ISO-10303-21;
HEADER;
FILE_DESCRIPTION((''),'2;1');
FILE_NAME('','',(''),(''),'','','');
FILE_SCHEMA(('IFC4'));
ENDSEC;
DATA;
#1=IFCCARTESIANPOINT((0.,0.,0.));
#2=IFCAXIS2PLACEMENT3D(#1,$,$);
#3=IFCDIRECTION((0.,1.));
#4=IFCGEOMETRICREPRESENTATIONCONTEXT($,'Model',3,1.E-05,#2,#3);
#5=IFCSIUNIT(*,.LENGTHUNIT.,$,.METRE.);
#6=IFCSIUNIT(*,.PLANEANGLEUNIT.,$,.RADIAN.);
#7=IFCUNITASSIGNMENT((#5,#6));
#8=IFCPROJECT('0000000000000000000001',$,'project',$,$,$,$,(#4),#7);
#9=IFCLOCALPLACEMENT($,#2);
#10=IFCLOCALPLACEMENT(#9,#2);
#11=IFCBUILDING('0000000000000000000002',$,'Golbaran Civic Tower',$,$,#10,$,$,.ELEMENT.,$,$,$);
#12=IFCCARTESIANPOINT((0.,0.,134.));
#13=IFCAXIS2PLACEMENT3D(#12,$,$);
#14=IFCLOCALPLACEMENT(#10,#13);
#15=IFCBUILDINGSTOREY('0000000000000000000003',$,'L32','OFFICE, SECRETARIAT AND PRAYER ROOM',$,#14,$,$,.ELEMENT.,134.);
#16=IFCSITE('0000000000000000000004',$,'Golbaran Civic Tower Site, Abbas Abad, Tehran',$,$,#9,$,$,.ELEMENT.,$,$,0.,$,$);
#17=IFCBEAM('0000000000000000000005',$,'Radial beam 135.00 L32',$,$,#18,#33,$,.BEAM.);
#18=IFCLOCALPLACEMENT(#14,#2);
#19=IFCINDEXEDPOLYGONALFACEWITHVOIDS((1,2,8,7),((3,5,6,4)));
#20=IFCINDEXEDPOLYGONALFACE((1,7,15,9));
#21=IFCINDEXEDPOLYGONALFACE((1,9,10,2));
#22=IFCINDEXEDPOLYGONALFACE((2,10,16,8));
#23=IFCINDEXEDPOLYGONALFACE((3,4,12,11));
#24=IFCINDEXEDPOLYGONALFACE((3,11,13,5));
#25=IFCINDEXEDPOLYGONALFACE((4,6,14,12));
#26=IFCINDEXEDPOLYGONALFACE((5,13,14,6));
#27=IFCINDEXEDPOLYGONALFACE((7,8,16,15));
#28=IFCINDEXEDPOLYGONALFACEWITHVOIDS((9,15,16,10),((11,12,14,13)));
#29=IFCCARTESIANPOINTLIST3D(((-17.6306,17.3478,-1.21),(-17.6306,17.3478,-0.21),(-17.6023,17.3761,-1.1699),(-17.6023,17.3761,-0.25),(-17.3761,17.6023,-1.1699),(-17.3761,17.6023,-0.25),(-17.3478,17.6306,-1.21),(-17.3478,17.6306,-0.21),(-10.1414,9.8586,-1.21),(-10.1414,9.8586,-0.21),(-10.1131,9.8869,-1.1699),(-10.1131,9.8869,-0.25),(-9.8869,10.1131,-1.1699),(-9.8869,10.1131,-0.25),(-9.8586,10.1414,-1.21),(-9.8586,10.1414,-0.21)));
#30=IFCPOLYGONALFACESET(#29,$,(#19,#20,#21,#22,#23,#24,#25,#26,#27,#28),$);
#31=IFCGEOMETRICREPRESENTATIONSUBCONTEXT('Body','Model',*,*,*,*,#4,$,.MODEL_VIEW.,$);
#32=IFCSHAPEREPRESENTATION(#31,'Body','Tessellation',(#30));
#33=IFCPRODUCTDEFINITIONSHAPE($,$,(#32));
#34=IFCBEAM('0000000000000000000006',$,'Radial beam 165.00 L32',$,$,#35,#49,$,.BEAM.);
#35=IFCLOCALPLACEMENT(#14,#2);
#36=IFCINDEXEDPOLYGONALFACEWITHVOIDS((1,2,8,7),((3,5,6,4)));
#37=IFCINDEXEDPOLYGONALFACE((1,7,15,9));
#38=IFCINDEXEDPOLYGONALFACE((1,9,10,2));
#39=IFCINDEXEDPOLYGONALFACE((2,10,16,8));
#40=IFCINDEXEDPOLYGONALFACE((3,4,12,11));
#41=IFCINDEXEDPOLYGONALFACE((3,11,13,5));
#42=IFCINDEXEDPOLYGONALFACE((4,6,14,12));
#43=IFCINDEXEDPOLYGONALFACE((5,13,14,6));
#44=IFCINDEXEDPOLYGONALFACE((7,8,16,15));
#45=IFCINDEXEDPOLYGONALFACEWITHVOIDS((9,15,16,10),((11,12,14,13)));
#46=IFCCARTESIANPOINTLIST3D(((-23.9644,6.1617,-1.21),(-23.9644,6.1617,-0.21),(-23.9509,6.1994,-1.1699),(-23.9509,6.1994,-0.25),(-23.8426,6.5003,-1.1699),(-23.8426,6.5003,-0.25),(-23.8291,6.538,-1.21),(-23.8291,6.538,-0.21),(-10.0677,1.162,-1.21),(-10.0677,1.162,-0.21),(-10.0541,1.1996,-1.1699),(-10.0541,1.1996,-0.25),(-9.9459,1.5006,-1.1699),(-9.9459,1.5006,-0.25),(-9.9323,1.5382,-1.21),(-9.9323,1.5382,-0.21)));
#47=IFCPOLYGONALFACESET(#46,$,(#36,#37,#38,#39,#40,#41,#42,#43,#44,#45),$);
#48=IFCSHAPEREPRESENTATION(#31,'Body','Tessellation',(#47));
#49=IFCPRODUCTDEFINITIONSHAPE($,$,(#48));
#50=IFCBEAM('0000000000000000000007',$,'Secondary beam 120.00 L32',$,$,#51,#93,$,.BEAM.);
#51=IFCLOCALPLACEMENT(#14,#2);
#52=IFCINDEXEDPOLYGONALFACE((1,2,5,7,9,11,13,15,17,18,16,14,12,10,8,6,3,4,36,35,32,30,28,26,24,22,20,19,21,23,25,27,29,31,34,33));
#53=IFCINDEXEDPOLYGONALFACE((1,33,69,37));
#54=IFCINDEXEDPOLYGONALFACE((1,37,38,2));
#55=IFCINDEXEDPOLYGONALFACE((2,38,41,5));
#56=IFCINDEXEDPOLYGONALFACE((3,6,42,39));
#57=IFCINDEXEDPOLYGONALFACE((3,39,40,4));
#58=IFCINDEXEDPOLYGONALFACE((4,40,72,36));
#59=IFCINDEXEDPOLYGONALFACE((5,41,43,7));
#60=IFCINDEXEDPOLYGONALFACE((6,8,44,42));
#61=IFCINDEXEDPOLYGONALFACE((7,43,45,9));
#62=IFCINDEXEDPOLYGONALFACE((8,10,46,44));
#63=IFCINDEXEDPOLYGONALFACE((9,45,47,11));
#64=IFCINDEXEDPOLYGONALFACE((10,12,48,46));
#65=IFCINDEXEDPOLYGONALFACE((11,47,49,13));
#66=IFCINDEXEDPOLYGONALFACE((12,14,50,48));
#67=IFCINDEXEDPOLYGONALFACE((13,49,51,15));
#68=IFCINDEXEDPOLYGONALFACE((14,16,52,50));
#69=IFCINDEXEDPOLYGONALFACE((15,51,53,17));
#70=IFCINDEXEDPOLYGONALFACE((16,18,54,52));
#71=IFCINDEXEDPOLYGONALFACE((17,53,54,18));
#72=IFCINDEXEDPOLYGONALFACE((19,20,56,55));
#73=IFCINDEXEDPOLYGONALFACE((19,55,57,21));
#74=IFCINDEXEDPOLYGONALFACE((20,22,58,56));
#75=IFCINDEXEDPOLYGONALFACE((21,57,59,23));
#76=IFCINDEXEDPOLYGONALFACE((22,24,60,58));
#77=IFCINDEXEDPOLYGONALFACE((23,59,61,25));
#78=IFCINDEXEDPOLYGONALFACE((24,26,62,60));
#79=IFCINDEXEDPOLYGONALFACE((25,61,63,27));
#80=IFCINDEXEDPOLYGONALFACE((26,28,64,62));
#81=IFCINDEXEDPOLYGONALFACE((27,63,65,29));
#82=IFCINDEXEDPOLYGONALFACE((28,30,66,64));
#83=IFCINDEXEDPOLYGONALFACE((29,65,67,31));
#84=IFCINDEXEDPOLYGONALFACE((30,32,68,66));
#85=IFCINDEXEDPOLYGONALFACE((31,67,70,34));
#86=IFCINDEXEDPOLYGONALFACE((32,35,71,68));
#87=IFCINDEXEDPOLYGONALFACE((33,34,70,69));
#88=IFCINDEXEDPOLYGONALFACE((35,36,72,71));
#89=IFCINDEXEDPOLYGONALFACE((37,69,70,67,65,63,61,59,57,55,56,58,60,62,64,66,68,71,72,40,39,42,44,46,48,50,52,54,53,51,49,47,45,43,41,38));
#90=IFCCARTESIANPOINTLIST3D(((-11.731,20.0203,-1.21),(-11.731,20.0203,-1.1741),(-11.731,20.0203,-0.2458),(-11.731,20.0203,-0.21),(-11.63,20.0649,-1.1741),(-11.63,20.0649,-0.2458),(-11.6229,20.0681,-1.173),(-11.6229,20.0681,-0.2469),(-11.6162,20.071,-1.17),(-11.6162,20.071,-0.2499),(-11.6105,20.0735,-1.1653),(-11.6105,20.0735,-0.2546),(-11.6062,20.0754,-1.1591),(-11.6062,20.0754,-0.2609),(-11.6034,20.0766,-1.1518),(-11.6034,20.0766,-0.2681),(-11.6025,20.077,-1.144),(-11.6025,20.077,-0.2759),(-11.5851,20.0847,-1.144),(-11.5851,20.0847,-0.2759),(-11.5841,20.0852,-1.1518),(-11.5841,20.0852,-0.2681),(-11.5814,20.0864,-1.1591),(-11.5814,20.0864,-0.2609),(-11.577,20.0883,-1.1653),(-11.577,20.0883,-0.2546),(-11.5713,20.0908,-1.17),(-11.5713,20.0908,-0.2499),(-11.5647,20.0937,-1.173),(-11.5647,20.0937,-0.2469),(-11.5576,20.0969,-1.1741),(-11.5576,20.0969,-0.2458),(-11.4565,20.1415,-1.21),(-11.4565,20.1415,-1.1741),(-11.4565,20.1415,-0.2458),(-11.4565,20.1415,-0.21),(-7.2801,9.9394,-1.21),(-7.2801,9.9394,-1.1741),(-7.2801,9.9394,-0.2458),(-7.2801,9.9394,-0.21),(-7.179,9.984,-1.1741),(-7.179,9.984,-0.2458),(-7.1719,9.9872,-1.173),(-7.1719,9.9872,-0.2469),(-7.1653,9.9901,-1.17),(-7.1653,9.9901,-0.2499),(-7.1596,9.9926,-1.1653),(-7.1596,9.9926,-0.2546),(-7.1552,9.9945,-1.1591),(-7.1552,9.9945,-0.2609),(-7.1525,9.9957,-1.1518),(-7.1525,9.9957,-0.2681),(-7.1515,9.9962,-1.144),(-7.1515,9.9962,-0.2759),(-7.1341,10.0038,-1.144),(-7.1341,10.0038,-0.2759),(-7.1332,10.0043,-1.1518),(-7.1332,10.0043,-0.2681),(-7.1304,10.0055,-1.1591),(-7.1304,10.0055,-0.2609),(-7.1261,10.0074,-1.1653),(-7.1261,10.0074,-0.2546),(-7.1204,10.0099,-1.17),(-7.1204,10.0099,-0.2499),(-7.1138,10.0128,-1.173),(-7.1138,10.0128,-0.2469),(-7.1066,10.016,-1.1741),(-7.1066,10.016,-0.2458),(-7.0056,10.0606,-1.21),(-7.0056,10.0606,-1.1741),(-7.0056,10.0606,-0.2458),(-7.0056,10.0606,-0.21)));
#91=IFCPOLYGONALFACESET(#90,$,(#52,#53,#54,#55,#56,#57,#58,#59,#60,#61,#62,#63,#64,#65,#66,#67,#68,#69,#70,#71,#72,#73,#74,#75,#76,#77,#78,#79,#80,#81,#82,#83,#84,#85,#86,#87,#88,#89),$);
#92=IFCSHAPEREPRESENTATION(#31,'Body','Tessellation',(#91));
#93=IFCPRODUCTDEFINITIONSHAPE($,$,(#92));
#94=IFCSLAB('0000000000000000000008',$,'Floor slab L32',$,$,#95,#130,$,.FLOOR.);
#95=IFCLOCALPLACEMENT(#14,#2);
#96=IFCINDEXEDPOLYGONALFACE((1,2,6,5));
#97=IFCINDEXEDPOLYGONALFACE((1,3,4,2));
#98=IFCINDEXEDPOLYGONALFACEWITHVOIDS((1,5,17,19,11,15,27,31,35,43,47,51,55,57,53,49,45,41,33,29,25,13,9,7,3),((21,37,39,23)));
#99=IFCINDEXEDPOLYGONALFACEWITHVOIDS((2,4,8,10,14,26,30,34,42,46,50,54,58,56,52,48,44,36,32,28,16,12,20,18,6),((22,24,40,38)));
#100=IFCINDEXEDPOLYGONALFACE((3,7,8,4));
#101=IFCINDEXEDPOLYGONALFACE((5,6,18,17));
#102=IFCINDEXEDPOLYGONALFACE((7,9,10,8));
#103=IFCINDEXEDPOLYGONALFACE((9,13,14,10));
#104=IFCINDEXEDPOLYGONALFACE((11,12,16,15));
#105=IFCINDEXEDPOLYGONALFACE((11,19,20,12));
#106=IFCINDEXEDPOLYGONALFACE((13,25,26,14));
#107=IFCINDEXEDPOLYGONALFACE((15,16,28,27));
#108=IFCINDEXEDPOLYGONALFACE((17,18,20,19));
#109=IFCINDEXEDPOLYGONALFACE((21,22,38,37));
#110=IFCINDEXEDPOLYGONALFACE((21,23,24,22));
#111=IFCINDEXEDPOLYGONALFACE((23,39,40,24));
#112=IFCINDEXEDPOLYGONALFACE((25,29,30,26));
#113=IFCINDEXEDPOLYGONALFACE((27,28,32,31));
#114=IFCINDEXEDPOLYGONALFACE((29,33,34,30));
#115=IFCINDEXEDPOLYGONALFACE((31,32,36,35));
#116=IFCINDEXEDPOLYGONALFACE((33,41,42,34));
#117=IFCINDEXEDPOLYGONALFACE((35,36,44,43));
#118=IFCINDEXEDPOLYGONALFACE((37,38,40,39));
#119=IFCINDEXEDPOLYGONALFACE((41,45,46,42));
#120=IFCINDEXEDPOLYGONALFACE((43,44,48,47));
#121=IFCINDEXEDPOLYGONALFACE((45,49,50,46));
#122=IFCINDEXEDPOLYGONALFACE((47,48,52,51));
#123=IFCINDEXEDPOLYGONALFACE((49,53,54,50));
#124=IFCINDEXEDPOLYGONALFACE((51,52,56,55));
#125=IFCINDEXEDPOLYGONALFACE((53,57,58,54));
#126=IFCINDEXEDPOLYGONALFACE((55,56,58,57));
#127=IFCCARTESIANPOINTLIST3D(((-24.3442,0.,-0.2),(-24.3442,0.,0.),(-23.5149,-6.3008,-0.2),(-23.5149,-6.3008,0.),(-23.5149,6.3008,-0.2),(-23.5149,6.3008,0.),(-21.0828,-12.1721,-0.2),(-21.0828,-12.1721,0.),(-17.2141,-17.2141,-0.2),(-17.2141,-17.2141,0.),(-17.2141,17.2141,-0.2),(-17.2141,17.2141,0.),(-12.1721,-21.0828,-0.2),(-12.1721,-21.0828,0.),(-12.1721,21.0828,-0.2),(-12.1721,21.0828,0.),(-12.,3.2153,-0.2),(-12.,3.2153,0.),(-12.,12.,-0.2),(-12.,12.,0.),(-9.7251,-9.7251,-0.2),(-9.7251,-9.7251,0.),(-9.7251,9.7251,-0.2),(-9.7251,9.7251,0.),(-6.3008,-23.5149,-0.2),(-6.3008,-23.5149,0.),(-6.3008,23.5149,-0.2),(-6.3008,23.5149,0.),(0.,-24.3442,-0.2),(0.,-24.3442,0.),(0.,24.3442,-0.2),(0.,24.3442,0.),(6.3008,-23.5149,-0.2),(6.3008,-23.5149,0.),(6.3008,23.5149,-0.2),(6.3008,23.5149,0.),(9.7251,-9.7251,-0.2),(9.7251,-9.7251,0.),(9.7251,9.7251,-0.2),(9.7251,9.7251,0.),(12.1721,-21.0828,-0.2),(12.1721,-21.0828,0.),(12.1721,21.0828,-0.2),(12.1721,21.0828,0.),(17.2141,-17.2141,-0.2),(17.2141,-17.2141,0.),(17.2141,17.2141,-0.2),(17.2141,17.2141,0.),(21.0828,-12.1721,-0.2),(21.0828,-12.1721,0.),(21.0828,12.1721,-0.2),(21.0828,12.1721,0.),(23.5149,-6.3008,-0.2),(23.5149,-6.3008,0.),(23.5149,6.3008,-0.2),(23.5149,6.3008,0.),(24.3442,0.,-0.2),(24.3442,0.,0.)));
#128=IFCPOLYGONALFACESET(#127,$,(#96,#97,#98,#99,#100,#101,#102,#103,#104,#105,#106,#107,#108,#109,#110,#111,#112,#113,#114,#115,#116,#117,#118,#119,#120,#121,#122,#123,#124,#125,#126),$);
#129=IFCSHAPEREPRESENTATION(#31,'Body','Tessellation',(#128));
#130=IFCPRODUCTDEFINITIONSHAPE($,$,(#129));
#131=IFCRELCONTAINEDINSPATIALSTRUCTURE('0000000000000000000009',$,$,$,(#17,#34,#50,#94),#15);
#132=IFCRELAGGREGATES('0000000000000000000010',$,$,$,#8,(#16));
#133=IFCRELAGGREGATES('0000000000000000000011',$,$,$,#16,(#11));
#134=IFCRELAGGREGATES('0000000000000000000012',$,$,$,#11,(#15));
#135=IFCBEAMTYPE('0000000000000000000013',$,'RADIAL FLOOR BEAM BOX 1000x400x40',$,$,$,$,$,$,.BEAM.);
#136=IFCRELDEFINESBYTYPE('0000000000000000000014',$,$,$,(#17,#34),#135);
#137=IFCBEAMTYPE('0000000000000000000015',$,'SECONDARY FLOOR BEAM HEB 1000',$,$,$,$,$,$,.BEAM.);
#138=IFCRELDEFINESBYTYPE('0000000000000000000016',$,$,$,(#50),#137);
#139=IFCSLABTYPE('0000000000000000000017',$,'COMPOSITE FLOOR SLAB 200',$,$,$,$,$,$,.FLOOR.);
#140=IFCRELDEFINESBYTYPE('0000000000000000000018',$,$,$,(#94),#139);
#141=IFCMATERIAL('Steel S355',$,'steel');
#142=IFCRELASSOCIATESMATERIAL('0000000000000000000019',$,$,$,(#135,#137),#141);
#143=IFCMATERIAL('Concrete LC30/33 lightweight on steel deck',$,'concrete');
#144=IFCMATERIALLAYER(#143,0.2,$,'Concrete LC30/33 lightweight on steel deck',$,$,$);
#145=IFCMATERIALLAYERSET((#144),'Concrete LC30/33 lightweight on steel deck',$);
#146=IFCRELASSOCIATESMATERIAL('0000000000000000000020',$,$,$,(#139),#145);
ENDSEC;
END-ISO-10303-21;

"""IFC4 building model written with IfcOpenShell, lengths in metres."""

from ifc_helpers import new_model, si_unit, direction, frame, origin, origin_2d, place, context, subcontext, project, spatial, polyline, hollow_rectangle, i_section, outline, extrude, material, layer, layer_set, material_profile, profile_set, type_object, element, save


model = new_model("IFC4")

# Units and contexts
model_context = context("Model", 3, precision=1e-05, world=origin(), true_north=direction((0.0, 1.0)))
body_context = subcontext(model_context, "Body", "Model", "MODEL_VIEW")
ifc_project = project(units=[si_unit("LENGTHUNIT", "METRE"), si_unit("PLANEANGLEUNIT", "RADIAN")], contexts=[model_context])

# Site, building, storey
site_placement = place(None, origin())
site = spatial("IfcSite", under=ifc_project, at=site_placement, Name="Golbaran Civic Tower Site, Abbas Abad, Tehran", CompositionType="ELEMENT", RefElevation=0.0)
building_placement = place(site_placement, origin())
building = spatial("IfcBuilding", under=site, at=building_placement, Name="Golbaran Civic Tower", CompositionType="ELEMENT")
storey_placement = place(building_placement, frame((0.0, 0.0, 134.0)))
storey = spatial("IfcBuildingStorey", under=building, at=storey_placement, Name="L32", Description="OFFICE, SECRETARIAT AND PRAYER ROOM", CompositionType="ELEMENT", Elevation=134.0)

# Beams
ifc_material_1 = material(Name="Steel S355", Category="steel")
ifc_material_profile_1 = material_profile(ifc_material_1, hollow_rectangle(XDim=0.3999, YDim=1.0, WallThickness=0.04, at=origin_2d()), Name="BOX 1000x400x40")
ifc_profile_set_1 = profile_set([ifc_material_profile_1], Name="Steel S355")
beam_type_1 = type_object("IfcBeamType", Name="RADIAL FLOOR BEAM BOX 1000x400x40", PredefinedType="BEAM", material=ifc_profile_set_1)
beam_1_placement = place(storey_placement, frame((-10.0, 10.0, -0.71), z_axis=(-0.707107, 0.707107, 0.0), x_axis=(-0.707107, -0.707107, 0.0)))
element("IfcBeam", 1, at=beam_1_placement, inside=storey, type_object=beam_type_1, Name="Radial beam 135.00 L32", PredefinedType="BEAM", context=body_context, shape_type="SweptSolid", body=[
    extrude(hollow_rectangle(XDim=0.3999, YDim=1.0, WallThickness=0.04, at=origin_2d()), origin(), (0.0, 0.0, 1.0), 10.5913),
])
beam_2_placement = place(storey_placement, frame((-10.0, 1.3501, -0.71), z_axis=(-0.940954, 0.338536, 0.0), x_axis=(-0.338536, -0.940954, 0.0)))
element("IfcBeam", 2, at=beam_2_placement, inside=storey, type_object=beam_type_1, Name="Radial beam 165.00 L32", PredefinedType="BEAM", context=body_context, shape_type="SweptSolid", body=[
    extrude(hollow_rectangle(XDim=0.3999, YDim=1.0, WallThickness=0.04, at=origin_2d()), origin(), (0.0, 0.0, 1.0), 14.7688),
])
ifc_material_profile_2 = material_profile(ifc_material_1, i_section(OverallWidth=0.3, OverallDepth=1.0, WebThickness=0.019, FlangeThickness=0.0359, FilletRadius=0.03, at=origin_2d()), Name="HEB 1000")
ifc_profile_set_2 = profile_set([ifc_material_profile_2], Name="Steel S355")
beam_type_2 = type_object("IfcBeamType", Name="SECONDARY FLOOR BEAM HEB 1000", PredefinedType="BEAM", material=ifc_profile_set_2)
beam_3_placement = place(storey_placement, frame((-7.1428, 10.0, -0.71), z_axis=(-0.403907, 0.9148, 0.0), x_axis=(-0.9148, -0.403907, 0.0)))
element("IfcBeam", 3, at=beam_3_placement, inside=storey, type_object=beam_type_2, Name="Secondary beam 120.00 L32", PredefinedType="BEAM", context=body_context, shape_type="SweptSolid", body=[
    extrude(i_section(OverallWidth=0.3, OverallDepth=1.0, WebThickness=0.019, FlangeThickness=0.0359, FilletRadius=0.03, at=origin_2d()), origin(), (0.0, 0.0, 1.0), 11.0198),
])

# Slab
ifc_material_2 = material(Name="Concrete LC30/33 lightweight on steel deck", Category="concrete")
ifc_layer_1 = layer(ifc_material_2, 0.2, Name="Concrete LC30/33 lightweight on steel deck")
ifc_layer_set_1 = layer_set([ifc_layer_1], Name="Concrete LC30/33 lightweight on steel deck")
slab_type_1 = type_object("IfcSlabType", Name="COMPOSITE FLOOR SLAB 200", PredefinedType="FLOOR", material=ifc_layer_set_1)
slab_1_placement = place(storey_placement, frame((0.0, 0.0, -0.2)))
element("IfcSlab", 4, at=slab_1_placement, inside=storey, type_object=slab_type_1, Name="Floor slab L32", PredefinedType="FLOOR", context=body_context, shape_type="SweptSolid", body=[
    extrude(outline(polyline([(17.2141, -17.2141), (12.1721, -21.0828), (6.3008, -23.5149), (0.0, -24.3442), (-6.3008, -23.5149), (-12.1721, -21.0828), (-17.2141, -17.2141), (-21.0828, -12.1721), (-23.5149, -6.3008), (-24.3442, 0.0), (-23.5149, 6.3008), (-12.0, 3.2153), (-12.0, 12.0), (-17.2141, 17.2141), (-12.1721, 21.0828), (-6.3008, 23.5149), (0.0, 24.3442), (6.3008, 23.5149), (12.1721, 21.0828), (17.2141, 17.2141), (21.0828, 12.1721), (23.5149, 6.3008), (24.3442, 0.0), (23.5149, -6.3008), (21.0828, -12.1721), (17.2141, -17.2141)]), holes=[polyline([(-9.7251, -9.7251), (9.7251, -9.7251), (9.7251, 9.7251), (-9.7251, 9.7251), (-9.7251, -9.7251)])]), origin(), (0.0, 0.0, 1.0), 0.2),
])

save(model, "model.ifc")
